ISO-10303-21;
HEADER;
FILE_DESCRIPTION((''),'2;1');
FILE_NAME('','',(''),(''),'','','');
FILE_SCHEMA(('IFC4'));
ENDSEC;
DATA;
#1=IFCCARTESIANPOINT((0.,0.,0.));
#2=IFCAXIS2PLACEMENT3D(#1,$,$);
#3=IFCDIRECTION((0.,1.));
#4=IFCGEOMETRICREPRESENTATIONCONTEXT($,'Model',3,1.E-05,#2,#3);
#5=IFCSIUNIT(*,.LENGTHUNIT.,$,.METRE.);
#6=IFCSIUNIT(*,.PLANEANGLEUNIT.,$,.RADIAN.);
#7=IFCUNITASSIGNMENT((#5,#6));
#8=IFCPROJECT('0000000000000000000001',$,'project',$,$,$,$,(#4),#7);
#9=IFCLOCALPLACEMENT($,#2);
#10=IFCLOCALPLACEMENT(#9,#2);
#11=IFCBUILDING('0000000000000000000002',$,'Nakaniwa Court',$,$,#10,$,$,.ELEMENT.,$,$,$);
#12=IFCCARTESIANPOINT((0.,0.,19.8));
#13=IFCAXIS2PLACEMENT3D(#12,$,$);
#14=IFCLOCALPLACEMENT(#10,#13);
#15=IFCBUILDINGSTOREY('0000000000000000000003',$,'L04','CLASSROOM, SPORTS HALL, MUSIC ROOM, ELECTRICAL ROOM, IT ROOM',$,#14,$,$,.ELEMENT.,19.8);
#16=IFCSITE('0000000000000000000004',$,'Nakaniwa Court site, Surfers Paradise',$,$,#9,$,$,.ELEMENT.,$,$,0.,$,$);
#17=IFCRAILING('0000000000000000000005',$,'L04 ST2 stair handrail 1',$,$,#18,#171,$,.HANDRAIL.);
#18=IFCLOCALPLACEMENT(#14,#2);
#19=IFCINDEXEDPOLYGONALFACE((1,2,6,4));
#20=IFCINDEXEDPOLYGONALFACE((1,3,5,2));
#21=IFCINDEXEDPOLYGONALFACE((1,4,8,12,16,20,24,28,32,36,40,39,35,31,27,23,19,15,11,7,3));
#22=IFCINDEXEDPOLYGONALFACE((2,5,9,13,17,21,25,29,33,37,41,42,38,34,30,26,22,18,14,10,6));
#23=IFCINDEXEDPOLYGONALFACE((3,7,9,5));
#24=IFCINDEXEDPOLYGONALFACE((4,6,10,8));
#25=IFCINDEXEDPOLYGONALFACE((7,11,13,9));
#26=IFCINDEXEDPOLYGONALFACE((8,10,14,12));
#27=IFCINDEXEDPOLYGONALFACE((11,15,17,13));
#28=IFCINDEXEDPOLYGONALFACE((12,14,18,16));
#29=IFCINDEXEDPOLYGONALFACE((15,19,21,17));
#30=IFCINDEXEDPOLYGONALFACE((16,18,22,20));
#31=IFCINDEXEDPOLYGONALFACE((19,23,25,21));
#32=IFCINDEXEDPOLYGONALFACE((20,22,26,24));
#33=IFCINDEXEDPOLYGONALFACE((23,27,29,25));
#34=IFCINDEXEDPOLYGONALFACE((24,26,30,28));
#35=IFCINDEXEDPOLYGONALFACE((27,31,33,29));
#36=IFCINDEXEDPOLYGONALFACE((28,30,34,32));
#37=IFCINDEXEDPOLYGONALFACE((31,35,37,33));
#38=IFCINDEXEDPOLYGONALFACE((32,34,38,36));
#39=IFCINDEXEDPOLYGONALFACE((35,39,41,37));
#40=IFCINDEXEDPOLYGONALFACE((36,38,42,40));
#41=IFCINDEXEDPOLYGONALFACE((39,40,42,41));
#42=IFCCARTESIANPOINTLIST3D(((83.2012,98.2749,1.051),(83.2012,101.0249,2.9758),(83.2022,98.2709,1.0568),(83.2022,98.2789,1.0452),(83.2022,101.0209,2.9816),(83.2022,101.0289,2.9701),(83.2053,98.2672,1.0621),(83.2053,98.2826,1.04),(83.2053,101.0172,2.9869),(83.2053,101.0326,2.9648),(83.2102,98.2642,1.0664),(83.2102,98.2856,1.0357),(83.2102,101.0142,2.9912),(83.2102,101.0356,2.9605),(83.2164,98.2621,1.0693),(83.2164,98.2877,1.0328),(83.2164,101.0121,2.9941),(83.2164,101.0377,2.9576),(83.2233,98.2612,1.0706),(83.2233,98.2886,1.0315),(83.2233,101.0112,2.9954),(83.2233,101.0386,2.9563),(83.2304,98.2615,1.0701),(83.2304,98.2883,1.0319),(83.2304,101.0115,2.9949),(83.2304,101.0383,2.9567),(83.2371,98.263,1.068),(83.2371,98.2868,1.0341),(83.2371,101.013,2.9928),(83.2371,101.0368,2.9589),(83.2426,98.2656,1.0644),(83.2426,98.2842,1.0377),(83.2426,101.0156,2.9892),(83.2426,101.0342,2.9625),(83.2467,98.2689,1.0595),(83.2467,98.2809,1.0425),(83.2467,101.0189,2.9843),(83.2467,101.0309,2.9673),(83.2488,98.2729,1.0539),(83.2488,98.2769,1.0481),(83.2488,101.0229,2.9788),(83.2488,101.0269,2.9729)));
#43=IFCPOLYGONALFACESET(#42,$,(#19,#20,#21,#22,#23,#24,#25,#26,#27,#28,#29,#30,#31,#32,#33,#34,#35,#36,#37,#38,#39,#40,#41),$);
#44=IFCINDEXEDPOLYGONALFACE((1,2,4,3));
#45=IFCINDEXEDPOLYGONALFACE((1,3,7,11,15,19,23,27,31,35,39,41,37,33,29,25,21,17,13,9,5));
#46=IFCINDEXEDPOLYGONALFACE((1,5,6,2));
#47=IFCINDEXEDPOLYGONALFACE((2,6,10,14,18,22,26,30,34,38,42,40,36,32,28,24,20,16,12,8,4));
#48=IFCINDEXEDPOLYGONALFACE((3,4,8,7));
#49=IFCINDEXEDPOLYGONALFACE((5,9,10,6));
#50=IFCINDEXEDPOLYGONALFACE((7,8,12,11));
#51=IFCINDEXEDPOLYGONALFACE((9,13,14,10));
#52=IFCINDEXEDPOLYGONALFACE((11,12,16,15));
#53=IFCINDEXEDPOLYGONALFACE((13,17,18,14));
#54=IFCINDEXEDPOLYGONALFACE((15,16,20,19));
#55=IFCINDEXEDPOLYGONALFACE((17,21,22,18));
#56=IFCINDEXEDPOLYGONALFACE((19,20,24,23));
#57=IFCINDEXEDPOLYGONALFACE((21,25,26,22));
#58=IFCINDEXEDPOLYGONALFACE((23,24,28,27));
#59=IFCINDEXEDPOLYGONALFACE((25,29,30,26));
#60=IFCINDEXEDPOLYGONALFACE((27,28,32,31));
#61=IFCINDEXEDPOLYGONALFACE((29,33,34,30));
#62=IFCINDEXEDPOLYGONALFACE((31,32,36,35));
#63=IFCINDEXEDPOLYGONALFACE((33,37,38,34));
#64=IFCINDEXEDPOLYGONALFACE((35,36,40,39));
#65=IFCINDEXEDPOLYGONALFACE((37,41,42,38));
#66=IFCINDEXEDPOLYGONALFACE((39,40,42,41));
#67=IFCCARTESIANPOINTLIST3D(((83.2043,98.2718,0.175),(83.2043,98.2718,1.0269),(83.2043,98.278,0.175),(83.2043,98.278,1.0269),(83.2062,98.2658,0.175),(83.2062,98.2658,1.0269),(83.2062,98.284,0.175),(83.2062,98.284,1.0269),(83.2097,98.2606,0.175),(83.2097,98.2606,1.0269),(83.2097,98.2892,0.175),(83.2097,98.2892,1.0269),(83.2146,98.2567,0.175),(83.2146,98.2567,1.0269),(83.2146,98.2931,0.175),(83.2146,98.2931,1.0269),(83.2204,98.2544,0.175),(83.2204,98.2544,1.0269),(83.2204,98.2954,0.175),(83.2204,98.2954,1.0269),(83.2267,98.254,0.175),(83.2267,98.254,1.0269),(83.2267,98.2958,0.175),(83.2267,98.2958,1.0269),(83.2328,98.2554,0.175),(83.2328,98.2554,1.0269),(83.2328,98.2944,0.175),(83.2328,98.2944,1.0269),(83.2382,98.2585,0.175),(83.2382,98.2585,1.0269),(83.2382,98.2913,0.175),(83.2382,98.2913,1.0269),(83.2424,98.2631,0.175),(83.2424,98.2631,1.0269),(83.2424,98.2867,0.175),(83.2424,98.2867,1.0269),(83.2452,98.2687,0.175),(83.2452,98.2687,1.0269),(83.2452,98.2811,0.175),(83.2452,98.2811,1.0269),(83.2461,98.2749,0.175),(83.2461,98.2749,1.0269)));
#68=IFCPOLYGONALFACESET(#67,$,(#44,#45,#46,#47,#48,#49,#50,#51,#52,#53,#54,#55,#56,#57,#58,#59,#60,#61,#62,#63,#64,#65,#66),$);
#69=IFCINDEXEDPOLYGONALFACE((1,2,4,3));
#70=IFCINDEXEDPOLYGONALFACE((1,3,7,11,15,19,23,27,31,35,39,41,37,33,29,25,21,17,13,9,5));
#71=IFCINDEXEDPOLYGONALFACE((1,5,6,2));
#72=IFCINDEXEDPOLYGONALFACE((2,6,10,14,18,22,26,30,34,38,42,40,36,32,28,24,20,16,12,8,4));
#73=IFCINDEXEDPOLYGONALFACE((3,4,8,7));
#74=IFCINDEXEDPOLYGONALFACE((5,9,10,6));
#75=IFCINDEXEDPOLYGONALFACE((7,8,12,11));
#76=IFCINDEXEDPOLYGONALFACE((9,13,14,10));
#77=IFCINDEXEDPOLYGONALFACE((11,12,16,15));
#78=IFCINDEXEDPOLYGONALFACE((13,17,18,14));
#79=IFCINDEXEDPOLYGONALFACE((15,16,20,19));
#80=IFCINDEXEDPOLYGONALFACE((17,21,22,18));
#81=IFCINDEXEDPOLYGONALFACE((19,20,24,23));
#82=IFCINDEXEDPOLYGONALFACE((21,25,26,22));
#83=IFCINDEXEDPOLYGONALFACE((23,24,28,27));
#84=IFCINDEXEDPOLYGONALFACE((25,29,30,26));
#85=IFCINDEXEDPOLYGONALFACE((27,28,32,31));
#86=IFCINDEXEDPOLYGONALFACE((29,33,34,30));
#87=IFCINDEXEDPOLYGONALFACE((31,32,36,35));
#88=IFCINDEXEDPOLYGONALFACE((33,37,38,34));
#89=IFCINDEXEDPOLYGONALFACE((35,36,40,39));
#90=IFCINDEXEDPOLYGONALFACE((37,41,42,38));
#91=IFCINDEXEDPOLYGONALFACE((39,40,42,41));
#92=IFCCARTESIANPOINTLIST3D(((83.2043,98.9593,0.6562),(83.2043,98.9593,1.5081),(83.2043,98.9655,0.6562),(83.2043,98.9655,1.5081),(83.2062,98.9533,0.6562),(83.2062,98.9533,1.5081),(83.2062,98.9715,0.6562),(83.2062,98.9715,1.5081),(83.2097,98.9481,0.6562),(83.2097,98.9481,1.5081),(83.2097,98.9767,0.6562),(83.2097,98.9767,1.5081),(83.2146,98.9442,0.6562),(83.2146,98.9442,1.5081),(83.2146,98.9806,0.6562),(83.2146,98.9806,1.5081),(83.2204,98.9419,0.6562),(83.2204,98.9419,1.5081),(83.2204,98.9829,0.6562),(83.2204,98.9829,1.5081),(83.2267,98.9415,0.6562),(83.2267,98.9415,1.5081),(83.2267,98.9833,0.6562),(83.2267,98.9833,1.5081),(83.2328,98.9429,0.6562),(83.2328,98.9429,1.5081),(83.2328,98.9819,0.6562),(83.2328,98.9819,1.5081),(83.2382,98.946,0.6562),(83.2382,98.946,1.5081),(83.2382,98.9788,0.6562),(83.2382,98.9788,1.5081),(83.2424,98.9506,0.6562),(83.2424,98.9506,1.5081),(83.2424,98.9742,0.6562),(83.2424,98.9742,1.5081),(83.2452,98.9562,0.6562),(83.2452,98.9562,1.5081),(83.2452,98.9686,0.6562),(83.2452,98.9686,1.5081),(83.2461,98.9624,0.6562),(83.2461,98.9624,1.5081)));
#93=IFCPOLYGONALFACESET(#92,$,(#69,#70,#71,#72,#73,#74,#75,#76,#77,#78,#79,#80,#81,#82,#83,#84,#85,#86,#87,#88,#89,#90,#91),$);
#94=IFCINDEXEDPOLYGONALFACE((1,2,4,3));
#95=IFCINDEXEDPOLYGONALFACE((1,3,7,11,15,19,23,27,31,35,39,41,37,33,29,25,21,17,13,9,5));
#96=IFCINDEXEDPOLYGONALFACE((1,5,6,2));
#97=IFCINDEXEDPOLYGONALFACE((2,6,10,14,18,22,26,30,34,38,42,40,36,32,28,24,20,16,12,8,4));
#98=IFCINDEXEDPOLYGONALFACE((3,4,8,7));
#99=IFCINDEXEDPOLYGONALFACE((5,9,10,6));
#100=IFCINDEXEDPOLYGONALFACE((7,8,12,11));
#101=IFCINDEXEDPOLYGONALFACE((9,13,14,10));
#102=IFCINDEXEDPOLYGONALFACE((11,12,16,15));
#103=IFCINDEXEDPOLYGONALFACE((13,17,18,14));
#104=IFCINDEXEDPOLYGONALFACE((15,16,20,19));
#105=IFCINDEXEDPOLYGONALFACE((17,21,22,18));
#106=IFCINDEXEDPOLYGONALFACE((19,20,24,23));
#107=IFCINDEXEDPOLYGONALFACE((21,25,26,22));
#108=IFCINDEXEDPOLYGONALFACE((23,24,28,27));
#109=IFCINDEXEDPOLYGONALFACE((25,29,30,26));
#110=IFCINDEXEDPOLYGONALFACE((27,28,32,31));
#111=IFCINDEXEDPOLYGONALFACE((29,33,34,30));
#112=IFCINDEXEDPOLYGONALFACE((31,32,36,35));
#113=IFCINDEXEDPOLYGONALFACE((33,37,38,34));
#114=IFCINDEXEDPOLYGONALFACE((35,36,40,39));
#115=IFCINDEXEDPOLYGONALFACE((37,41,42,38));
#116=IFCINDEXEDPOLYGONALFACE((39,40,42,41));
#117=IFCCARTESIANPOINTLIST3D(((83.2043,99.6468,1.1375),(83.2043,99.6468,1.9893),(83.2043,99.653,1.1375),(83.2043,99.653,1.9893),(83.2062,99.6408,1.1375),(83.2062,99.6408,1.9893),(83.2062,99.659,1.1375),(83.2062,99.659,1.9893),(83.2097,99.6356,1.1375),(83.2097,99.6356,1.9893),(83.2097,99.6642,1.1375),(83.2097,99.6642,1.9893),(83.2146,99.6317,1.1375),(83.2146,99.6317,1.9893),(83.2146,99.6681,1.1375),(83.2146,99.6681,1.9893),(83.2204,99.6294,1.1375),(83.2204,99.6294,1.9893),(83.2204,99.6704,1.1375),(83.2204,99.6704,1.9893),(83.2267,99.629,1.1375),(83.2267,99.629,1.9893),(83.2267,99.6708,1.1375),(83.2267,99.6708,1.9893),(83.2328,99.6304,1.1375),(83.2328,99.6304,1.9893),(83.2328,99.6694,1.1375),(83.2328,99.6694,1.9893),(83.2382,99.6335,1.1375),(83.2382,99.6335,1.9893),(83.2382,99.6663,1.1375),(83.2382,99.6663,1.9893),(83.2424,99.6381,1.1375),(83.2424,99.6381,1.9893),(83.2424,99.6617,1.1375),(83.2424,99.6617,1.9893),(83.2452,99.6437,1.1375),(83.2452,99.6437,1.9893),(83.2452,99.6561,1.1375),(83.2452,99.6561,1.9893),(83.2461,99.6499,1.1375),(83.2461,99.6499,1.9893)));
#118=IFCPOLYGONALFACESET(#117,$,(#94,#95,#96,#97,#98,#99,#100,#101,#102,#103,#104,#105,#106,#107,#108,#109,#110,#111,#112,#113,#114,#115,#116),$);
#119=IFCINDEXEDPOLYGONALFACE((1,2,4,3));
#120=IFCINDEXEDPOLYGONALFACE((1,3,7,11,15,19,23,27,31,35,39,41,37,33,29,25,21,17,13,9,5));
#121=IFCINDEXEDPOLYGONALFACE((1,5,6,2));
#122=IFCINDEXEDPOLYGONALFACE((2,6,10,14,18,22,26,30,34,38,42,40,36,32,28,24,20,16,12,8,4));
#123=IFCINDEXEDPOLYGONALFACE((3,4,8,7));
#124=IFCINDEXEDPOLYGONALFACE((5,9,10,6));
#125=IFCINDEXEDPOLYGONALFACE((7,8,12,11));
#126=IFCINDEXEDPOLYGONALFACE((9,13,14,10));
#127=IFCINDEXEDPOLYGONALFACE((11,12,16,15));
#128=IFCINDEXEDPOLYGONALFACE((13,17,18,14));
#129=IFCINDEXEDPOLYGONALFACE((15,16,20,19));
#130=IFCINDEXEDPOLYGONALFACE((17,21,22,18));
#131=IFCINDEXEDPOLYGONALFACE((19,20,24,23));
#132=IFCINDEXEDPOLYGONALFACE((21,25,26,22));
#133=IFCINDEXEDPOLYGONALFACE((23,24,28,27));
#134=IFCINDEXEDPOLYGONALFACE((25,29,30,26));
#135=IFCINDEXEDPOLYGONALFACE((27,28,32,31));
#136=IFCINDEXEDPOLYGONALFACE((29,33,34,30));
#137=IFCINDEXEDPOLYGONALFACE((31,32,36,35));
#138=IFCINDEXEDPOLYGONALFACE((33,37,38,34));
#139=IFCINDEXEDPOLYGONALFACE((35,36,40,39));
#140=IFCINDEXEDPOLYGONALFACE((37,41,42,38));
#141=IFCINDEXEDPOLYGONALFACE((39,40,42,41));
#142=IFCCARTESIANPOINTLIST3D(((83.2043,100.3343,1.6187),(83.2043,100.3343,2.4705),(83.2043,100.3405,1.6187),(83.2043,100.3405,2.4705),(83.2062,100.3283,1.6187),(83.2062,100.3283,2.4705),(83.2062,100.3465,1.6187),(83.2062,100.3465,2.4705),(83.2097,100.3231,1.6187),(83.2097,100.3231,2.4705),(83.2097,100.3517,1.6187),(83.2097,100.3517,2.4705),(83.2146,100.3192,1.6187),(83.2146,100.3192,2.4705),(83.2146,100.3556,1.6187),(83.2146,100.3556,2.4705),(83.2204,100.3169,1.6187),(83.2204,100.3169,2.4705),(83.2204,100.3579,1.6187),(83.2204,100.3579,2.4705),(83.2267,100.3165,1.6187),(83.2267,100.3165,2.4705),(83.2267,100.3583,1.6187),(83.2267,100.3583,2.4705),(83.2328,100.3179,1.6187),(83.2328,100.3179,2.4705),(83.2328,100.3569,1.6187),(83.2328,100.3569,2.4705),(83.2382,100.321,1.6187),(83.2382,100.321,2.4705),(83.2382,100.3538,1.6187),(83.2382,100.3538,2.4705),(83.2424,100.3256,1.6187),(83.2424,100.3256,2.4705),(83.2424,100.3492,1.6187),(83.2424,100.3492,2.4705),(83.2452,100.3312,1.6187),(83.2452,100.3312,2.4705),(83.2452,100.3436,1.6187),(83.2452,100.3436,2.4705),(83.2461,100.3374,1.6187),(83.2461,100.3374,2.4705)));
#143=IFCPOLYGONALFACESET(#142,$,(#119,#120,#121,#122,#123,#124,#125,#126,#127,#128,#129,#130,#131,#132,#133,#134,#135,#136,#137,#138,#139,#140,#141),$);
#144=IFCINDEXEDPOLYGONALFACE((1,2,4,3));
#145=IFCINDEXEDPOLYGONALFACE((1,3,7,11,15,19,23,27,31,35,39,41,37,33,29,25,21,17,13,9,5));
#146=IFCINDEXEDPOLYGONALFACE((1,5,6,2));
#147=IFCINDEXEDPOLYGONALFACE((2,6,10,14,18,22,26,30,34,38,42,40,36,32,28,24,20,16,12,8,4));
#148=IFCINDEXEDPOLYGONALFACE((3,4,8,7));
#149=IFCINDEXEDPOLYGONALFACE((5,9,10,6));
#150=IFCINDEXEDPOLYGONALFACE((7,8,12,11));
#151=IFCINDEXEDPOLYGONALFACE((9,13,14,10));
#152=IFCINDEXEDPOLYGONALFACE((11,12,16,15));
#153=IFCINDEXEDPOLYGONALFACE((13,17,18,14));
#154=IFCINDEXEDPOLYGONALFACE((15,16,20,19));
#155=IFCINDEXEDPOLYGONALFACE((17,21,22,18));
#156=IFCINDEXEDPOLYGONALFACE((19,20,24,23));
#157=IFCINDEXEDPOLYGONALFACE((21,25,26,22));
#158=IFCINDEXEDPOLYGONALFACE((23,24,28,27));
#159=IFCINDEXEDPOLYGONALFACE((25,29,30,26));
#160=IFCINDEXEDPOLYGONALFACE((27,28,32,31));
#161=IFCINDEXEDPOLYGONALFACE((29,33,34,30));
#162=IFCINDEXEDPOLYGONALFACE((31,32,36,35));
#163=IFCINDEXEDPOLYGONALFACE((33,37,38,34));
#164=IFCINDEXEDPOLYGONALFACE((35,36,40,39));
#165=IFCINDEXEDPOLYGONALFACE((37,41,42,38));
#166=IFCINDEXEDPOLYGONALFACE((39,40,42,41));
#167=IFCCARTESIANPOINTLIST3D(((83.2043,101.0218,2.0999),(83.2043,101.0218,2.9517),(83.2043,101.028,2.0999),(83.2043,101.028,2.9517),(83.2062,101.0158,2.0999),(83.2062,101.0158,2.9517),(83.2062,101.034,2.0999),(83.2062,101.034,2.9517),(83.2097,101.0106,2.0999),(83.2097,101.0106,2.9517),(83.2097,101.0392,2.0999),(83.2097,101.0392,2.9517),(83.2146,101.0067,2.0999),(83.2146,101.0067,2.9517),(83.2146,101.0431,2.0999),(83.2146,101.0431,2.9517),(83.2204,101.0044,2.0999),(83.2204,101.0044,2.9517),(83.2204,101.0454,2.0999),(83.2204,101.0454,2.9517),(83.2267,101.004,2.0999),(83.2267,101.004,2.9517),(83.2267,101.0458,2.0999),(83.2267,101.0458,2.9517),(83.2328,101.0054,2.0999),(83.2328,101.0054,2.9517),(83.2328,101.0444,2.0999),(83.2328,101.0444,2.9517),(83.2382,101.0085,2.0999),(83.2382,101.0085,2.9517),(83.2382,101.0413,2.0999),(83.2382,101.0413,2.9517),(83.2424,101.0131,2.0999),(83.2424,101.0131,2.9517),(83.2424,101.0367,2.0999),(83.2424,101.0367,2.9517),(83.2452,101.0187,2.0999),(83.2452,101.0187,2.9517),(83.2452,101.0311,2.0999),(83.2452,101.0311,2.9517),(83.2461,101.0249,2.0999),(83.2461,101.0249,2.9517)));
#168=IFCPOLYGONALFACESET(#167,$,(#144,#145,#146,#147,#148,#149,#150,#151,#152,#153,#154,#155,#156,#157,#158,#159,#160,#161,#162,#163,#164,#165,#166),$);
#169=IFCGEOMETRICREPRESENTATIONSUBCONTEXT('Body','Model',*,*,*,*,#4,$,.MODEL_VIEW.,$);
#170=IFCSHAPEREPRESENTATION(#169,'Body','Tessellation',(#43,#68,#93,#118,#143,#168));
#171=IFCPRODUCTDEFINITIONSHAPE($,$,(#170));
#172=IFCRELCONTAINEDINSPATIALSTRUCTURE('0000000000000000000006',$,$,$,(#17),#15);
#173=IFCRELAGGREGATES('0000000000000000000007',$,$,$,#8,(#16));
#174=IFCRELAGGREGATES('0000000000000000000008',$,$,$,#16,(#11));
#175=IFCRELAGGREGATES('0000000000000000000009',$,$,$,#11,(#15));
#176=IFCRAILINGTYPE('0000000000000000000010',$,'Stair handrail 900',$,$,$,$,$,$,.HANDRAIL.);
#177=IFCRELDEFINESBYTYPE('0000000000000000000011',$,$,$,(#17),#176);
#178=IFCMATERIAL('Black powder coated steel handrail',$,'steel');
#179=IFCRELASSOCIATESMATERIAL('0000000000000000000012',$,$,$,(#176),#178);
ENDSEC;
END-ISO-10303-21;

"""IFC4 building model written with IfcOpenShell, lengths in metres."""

from ifc_helpers import new_model, si_unit, direction, frame, origin, origin_2d, place, context, subcontext, project, spatial, circle, extrude, material, type_object, element, save


model = new_model("IFC4")

# Units and contexts
model_context = context("Model", 3, precision=1e-05, world=origin(), true_north=direction((0.0, 1.0)))
body_context = subcontext(model_context, "Body", "Model", "MODEL_VIEW")
ifc_project = project(units=[si_unit("LENGTHUNIT", "METRE"), si_unit("PLANEANGLEUNIT", "RADIAN")], contexts=[model_context])

# Site, building, storey
site_placement = place(None, origin())
site = spatial("IfcSite", under=ifc_project, at=site_placement, Name="Nakaniwa Court site, Surfers Paradise", CompositionType="ELEMENT", RefElevation=0.0)
building_placement = place(site_placement, origin())
building = spatial("IfcBuilding", under=site, at=building_placement, Name="Nakaniwa Court", CompositionType="ELEMENT")
storey_placement = place(building_placement, frame((0.0, 0.0, 19.8)))
storey = spatial("IfcBuildingStorey", under=building, at=storey_placement, Name="L04", Description="CLASSROOM, SPORTS HALL, MUSIC ROOM, ELECTRICAL ROOM, IT ROOM", CompositionType="ELEMENT", Elevation=19.8)

# Railing
ifc_material_1 = material(Name="Black powder coated steel handrail", Category="steel")
railing_type_1 = type_object("IfcRailingType", Name="Stair handrail 900", PredefinedType="HANDRAIL", material=ifc_material_1)
railing_1_placement = place(storey_placement, frame((83.2251, 98.2749, 0.175)))
element("IfcRailing", 1, at=railing_1_placement, inside=storey, type_object=railing_type_1, Name="L04 ST2 stair handrail 1", PredefinedType="HANDRAIL", context=body_context, shape_type="SweptSolid", body=[
    extrude(circle(Radius=0.0239, at=origin_2d()), frame((0.0, 0.0, 0.876), z_axis=(0.0, 0.819259, 0.573423), x_axis=(-1.0, 0.0, 0.0)), (0.0, 0.0, 1.0), 3.3567),
    extrude(circle(Radius=0.021, at=origin_2d()), origin(), (0.0, 0.0, 1.0), 0.8518),
    extrude(circle(Radius=0.021, at=origin_2d()), frame((0.0, 0.6875, 0.4812)), (0.0, 0.0, 1.0), 0.8518),
    extrude(circle(Radius=0.021, at=origin_2d()), frame((0.0, 1.375, 0.9624)), (0.0, 0.0, 1.0), 0.8518),
    extrude(circle(Radius=0.021, at=origin_2d()), frame((0.0, 2.0625, 1.4436)), (0.0, 0.0, 1.0), 0.8518),
    extrude(circle(Radius=0.021, at=origin_2d()), frame((0.0, 2.75, 1.9248)), (0.0, 0.0, 1.0), 0.8518),
])

save(model, "model.ifc")
